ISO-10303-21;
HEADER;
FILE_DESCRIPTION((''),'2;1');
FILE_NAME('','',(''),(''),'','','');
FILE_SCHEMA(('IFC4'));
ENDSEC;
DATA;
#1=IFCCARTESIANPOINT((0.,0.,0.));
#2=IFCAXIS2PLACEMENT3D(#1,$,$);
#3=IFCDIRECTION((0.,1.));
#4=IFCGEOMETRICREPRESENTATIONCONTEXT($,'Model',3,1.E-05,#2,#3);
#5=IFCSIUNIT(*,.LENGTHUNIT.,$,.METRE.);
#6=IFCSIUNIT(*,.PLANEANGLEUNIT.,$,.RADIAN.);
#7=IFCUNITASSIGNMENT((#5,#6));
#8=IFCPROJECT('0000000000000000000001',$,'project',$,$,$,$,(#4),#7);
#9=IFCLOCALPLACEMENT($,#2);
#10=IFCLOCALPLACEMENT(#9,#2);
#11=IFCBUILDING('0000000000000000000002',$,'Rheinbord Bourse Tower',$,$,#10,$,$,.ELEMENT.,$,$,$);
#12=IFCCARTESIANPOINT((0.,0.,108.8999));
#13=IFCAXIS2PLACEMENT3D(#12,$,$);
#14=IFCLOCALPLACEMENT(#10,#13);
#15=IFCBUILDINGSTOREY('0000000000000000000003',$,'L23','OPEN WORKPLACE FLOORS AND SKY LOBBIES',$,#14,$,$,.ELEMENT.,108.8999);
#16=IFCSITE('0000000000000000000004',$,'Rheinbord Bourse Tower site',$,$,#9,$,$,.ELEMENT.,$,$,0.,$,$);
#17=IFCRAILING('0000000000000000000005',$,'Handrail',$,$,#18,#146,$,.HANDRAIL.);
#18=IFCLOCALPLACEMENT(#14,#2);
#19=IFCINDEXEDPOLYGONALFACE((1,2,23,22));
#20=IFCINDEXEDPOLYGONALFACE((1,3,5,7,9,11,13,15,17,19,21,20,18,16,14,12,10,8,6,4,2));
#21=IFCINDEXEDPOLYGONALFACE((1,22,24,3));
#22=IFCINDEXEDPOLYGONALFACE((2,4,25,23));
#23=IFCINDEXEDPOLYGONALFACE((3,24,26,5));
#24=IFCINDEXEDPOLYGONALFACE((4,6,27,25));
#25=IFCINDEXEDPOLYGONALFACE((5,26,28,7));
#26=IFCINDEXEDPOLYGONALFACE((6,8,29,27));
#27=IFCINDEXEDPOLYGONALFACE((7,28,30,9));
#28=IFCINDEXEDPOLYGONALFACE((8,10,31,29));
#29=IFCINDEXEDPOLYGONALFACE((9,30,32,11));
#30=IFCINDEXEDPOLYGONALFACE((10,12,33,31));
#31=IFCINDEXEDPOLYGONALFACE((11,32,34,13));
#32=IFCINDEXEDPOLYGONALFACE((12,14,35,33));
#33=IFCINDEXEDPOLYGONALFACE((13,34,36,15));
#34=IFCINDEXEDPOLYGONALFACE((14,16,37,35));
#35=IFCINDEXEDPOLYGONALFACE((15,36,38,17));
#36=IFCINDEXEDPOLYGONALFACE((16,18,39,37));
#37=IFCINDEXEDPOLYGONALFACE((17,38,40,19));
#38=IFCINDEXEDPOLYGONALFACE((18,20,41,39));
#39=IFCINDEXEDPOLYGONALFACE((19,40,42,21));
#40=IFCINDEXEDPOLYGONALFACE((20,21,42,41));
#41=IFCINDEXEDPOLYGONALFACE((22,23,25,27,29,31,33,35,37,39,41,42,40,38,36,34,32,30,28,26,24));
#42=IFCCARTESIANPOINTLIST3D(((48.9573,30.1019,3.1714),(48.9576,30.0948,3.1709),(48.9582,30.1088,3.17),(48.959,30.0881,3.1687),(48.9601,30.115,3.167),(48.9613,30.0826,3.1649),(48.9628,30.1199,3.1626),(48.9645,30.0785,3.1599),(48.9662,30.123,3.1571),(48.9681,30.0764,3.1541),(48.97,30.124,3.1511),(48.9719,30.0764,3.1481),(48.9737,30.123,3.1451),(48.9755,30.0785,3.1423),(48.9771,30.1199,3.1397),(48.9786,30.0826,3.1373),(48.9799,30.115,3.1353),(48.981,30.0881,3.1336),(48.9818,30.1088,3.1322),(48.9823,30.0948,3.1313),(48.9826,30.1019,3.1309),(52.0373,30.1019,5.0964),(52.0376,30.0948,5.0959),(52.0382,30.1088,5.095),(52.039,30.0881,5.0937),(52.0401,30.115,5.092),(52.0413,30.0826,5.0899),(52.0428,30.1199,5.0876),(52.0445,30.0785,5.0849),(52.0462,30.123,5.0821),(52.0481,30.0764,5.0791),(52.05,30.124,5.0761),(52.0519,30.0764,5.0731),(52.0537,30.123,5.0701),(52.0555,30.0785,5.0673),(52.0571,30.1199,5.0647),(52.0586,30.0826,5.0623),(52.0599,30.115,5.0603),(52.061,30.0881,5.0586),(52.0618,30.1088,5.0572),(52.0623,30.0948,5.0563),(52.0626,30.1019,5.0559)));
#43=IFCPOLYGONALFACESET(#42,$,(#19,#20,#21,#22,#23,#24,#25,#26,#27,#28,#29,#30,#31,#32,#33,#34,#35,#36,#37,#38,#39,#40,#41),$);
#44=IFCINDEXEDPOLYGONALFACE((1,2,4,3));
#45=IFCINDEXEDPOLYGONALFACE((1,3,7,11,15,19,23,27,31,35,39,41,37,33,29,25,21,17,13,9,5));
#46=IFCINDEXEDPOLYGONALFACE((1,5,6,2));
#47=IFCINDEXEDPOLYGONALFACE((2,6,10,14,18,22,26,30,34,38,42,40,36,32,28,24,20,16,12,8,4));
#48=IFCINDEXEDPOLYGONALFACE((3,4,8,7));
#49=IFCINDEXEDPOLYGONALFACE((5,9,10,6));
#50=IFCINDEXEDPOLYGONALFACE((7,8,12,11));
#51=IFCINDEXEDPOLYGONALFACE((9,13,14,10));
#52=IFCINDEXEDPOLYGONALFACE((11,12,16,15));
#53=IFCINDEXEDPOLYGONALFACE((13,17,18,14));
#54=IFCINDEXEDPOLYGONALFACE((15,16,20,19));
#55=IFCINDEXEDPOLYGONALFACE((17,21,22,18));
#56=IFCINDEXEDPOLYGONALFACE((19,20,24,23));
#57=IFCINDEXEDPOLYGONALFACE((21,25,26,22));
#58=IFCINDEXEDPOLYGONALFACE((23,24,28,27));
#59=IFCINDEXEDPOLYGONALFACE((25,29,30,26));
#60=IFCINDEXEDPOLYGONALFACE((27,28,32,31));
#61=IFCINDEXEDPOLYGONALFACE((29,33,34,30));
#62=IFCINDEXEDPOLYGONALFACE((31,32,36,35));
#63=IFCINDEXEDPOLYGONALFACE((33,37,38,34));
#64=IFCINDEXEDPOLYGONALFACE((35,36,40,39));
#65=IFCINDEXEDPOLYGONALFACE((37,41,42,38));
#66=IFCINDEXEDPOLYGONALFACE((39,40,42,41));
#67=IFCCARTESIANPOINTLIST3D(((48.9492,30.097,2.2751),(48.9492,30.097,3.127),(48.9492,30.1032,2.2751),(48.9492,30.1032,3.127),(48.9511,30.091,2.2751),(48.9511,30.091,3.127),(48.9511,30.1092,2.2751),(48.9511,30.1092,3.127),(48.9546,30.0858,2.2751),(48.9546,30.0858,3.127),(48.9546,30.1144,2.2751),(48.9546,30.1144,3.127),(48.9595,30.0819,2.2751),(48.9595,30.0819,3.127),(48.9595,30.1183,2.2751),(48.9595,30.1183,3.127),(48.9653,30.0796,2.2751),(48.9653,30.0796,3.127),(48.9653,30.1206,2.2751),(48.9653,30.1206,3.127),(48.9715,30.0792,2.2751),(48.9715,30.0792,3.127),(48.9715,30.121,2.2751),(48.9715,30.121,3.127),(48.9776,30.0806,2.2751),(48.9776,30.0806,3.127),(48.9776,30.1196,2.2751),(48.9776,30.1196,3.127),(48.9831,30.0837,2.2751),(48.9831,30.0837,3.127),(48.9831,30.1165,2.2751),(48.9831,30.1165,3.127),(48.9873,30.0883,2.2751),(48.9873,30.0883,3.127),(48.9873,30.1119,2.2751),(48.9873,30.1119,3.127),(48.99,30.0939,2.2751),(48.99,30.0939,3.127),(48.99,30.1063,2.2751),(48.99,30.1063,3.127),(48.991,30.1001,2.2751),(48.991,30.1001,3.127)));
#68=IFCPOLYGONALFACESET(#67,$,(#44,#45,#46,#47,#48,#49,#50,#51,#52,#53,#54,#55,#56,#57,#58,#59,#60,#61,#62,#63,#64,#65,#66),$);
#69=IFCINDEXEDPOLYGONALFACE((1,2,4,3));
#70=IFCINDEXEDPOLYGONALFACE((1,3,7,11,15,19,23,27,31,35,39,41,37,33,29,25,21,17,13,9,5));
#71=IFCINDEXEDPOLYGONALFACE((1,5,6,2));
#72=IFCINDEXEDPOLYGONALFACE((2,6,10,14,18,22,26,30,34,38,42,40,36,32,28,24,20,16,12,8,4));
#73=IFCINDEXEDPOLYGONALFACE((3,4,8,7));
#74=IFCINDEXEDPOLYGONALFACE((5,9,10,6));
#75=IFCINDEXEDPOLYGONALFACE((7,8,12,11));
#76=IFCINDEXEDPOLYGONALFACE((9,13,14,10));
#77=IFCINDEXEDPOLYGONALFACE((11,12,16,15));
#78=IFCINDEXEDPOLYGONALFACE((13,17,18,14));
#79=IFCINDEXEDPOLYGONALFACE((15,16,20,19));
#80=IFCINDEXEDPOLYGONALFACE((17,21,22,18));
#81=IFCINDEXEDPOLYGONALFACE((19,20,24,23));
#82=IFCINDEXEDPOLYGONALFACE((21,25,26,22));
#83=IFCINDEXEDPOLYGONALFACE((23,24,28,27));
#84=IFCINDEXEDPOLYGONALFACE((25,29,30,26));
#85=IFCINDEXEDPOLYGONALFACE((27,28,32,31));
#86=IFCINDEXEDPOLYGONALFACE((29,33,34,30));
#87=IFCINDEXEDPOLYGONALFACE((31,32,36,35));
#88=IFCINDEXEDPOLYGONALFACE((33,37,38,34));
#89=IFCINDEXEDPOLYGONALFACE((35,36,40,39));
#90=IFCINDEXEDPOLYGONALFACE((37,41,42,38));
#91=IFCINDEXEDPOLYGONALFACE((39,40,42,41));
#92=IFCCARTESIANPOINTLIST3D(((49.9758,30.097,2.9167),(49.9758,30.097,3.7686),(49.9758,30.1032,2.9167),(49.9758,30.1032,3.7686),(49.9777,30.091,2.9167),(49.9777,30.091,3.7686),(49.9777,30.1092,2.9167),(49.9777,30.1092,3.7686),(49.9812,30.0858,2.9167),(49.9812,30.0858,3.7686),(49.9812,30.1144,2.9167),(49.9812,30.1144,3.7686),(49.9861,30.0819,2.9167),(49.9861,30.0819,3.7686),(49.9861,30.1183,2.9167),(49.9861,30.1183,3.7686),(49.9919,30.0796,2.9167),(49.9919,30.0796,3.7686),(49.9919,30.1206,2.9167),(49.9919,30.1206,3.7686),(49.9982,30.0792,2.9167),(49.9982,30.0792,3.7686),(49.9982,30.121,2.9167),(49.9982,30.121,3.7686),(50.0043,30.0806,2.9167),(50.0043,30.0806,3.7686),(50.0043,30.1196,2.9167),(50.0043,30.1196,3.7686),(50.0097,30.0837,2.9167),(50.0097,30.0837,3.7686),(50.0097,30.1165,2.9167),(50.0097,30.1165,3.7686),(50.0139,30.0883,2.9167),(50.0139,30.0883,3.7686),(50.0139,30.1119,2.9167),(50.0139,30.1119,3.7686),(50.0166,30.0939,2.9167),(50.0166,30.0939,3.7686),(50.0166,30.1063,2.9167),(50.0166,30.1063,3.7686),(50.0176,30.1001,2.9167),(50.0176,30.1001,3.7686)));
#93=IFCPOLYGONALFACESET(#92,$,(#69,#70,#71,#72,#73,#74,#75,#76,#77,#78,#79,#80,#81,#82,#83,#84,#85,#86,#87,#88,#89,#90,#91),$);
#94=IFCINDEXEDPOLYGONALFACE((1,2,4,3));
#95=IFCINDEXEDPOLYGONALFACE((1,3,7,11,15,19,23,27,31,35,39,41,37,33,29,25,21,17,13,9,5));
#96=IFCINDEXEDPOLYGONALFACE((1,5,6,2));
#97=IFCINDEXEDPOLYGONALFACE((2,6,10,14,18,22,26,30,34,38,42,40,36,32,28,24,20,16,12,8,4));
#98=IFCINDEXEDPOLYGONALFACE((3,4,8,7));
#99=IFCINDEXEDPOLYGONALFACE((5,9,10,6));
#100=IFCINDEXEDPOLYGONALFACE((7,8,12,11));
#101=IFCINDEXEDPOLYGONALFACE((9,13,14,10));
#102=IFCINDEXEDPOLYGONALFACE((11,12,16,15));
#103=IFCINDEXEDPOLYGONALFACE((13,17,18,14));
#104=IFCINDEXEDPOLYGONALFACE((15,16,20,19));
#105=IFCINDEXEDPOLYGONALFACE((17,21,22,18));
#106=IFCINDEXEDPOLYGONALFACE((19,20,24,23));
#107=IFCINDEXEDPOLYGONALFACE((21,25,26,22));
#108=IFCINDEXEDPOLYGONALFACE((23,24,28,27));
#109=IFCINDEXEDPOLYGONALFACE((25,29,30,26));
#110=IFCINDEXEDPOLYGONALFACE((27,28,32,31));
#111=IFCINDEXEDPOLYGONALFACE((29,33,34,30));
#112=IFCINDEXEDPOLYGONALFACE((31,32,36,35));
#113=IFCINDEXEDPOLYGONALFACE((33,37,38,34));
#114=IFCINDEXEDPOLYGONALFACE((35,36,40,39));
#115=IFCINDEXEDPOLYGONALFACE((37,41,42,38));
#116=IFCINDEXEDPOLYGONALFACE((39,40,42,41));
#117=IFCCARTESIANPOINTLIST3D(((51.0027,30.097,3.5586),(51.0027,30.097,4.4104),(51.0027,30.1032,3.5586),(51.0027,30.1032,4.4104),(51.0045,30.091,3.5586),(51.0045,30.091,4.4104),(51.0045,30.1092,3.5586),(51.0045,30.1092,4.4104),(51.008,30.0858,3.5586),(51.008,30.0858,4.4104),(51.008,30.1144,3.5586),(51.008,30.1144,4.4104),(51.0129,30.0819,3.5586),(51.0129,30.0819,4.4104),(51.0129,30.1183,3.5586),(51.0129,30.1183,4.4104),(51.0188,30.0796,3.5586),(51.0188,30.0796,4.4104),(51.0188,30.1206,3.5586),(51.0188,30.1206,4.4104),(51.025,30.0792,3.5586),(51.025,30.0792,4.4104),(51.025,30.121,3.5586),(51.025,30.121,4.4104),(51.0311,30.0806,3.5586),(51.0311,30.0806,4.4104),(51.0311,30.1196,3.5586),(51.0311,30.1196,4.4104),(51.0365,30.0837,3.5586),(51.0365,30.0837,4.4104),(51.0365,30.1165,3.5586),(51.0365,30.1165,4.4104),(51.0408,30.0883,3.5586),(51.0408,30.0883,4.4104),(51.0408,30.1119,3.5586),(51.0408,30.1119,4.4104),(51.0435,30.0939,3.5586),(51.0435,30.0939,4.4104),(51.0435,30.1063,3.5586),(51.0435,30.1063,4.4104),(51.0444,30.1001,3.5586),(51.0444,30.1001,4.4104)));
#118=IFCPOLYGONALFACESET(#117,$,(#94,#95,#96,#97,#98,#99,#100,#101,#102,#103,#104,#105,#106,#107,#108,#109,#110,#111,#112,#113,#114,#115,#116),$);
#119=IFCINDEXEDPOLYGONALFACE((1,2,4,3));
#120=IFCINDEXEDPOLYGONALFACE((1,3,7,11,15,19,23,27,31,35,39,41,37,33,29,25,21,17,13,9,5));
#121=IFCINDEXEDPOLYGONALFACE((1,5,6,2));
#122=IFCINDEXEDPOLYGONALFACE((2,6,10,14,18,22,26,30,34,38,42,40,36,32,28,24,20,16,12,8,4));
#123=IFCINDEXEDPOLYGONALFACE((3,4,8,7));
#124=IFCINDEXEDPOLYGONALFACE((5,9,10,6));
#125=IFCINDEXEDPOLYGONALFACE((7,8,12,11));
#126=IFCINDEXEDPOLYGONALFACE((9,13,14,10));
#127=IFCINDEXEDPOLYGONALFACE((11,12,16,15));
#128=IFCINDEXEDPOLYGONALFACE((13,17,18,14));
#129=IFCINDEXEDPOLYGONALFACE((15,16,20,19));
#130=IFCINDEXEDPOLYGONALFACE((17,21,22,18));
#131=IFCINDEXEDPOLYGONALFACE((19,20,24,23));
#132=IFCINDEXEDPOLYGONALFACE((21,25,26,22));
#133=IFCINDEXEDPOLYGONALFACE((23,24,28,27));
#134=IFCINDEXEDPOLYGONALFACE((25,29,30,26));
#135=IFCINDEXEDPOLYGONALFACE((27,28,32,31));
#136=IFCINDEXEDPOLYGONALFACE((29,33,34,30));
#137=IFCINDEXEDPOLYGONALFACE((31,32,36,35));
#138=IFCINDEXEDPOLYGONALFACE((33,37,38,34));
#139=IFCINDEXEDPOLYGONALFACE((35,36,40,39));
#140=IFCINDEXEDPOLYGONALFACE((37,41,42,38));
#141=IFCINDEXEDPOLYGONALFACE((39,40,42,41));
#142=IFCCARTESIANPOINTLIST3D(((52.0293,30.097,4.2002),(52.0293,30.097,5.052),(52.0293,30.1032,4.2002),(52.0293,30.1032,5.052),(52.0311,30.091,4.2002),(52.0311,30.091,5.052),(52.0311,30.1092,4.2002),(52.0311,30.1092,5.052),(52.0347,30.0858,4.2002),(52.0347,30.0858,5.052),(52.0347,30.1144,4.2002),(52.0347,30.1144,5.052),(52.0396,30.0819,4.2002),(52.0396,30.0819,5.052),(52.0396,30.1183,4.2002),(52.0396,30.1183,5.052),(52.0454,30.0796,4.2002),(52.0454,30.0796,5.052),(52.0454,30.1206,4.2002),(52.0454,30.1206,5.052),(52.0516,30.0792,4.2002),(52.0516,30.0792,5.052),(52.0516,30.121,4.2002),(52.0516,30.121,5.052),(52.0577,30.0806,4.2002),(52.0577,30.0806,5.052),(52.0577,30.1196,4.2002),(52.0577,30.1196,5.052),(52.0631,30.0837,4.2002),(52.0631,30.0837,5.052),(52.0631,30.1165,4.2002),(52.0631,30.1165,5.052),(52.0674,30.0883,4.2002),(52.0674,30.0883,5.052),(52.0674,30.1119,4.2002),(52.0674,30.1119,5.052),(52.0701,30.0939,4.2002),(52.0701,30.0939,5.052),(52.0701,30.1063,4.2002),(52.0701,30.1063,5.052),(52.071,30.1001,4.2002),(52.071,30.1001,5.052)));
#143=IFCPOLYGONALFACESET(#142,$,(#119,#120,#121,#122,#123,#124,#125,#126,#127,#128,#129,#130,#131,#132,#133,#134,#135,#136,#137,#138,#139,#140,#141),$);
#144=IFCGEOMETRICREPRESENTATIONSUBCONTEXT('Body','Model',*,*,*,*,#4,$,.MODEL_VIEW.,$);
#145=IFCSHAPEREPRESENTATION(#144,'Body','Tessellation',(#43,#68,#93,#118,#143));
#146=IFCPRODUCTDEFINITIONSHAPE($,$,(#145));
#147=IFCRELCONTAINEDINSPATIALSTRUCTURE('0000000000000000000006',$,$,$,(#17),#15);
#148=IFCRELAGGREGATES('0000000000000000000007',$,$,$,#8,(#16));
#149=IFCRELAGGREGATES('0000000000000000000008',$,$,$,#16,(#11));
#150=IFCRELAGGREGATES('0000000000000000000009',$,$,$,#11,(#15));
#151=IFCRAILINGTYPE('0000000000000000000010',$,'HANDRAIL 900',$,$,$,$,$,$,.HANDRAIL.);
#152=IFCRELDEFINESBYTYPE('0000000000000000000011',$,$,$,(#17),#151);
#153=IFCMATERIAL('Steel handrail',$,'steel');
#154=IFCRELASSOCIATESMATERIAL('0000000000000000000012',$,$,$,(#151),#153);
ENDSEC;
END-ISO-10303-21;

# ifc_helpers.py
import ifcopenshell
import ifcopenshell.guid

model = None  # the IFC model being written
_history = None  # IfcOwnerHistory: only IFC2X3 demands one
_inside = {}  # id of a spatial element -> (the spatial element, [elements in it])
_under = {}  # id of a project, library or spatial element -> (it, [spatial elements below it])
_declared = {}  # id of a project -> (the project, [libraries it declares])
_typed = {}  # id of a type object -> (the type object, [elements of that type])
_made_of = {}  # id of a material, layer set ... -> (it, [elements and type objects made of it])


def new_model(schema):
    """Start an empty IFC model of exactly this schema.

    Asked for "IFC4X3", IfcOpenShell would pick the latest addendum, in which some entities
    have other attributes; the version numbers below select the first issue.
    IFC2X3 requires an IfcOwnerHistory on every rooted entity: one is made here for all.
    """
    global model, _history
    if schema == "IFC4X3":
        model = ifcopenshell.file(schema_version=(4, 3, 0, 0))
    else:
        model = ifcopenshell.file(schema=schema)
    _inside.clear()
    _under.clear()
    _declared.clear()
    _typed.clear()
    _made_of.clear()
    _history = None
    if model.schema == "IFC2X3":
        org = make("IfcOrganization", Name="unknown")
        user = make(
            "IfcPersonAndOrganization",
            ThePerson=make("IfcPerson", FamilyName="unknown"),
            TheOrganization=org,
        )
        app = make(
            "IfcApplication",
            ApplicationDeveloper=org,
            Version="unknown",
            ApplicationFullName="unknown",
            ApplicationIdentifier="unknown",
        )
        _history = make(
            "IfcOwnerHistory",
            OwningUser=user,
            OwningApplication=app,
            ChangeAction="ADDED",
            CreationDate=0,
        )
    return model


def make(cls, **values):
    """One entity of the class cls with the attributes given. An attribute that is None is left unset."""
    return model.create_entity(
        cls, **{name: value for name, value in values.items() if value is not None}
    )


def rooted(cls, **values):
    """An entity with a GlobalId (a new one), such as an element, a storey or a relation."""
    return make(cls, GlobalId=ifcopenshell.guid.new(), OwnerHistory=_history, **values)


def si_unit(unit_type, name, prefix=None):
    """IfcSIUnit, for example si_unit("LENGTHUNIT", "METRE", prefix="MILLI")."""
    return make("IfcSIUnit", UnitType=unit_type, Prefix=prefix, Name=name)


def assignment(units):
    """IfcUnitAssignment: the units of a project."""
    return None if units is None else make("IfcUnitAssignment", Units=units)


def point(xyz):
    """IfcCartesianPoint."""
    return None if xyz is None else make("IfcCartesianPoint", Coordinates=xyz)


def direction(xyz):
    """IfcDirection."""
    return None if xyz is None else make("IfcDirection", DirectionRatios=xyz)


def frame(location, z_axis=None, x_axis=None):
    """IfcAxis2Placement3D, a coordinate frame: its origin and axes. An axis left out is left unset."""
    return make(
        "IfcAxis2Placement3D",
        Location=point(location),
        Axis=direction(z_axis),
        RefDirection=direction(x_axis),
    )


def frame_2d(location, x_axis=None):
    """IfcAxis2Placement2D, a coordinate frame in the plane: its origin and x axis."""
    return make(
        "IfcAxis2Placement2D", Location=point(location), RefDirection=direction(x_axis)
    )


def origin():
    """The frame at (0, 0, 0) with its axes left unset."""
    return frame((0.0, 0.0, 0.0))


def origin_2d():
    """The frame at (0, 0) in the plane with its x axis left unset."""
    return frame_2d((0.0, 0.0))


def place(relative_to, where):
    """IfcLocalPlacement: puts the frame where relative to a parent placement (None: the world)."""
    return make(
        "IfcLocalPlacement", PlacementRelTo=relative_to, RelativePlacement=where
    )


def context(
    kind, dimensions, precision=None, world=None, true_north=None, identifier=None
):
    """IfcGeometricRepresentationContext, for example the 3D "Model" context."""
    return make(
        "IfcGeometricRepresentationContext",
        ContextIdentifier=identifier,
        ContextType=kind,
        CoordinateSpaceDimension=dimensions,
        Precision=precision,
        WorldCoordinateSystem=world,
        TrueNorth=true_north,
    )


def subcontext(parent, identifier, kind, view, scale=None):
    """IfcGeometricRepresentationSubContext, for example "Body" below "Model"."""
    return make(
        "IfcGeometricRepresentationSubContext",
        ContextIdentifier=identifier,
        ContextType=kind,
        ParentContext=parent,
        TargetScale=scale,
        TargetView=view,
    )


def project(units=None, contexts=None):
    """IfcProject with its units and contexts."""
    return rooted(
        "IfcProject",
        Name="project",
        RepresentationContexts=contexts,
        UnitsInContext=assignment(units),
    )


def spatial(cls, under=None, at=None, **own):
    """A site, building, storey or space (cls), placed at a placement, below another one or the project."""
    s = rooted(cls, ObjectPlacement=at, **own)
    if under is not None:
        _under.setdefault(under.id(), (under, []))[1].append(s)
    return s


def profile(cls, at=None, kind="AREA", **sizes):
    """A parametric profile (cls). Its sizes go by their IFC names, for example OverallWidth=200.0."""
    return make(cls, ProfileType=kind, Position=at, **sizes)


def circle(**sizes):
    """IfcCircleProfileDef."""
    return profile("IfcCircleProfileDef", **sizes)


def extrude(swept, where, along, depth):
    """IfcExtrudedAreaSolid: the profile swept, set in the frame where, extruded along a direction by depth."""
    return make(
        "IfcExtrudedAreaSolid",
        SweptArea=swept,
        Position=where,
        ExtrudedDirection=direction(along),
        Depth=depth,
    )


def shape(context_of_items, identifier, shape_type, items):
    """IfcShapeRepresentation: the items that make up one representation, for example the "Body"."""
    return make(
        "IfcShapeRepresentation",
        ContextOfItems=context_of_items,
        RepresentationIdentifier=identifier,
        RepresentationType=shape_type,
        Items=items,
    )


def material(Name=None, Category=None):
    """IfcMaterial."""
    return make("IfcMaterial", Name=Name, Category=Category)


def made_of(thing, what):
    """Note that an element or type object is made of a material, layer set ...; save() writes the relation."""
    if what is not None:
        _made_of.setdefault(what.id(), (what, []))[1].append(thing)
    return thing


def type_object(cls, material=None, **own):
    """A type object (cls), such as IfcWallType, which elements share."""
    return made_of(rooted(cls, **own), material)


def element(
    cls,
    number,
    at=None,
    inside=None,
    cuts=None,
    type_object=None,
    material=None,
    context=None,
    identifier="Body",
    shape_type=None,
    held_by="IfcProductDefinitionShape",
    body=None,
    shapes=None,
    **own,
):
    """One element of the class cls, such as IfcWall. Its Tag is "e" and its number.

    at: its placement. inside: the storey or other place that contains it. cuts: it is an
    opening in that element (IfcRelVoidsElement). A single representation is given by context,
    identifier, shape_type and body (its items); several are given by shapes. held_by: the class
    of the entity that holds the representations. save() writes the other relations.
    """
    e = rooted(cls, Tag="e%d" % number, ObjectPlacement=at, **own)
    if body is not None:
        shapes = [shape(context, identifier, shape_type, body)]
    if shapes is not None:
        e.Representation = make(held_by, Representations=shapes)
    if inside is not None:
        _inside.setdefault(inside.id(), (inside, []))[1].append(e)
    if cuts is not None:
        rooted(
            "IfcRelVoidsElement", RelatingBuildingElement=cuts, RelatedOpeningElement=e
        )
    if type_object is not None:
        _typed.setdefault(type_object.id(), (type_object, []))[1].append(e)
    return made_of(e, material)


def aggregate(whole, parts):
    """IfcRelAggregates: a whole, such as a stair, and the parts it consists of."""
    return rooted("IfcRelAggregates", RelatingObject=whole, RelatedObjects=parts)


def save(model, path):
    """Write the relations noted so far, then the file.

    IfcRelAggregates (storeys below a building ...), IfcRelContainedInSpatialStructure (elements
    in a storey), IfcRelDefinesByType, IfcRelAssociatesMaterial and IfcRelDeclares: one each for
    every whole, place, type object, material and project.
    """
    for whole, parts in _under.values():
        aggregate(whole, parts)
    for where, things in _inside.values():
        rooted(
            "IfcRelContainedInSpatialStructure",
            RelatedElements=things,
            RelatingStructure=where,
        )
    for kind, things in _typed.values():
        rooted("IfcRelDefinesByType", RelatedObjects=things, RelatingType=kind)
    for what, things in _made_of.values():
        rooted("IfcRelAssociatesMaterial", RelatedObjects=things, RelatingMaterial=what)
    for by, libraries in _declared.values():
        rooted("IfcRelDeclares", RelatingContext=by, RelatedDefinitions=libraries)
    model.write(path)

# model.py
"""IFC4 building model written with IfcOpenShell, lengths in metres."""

from ifc_helpers import new_model, si_unit, direction, frame, origin, origin_2d, place, context, subcontext, project, spatial, circle, extrude, material, type_object, element, save


model = new_model("IFC4")

# Units and contexts
model_context = context("Model", 3, precision=1e-05, world=origin(), true_north=direction((0.0, 1.0)))
body_context = subcontext(model_context, "Body", "Model", "MODEL_VIEW")
ifc_project = project(units=[si_unit("LENGTHUNIT", "METRE"), si_unit("PLANEANGLEUNIT", "RADIAN")], contexts=[model_context])

# Site, building, storey
site_placement = place(None, origin())
site = spatial("IfcSite", under=ifc_project, at=site_placement, Name="Rheinbord Bourse Tower site", CompositionType="ELEMENT", RefElevation=0.0)
building_placement = place(site_placement, origin())
building = spatial("IfcBuilding", under=site, at=building_placement, Name="Rheinbord Bourse Tower", CompositionType="ELEMENT")
storey_placement = place(building_placement, frame((0.0, 0.0, 108.8999)))
storey = spatial("IfcBuildingStorey", under=building, at=storey_placement, Name="L23", Description="OPEN WORKPLACE FLOORS AND SKY LOBBIES", CompositionType="ELEMENT", Elevation=108.8999)

# Railing
ifc_material_1 = material(Name="Steel handrail", Category="steel")
railing_type = type_object("IfcRailingType", Name="HANDRAIL 900", PredefinedType="HANDRAIL", material=ifc_material_1)
railing_1_placement = place(storey_placement, frame((48.97, 30.1001, 2.2751)))
element("IfcRailing", 1, at=railing_1_placement, inside=storey, type_object=railing_type, Name="Handrail", PredefinedType="HANDRAIL", context=body_context, shape_type="SweptSolid", body=[
    extrude(circle(Radius=0.0239, at=origin_2d()), frame((0.0, 0.0, 0.876), z_axis=(0.847998, 0.0, 0.529999), x_axis=(0.0, 1.0, 0.0)), (0.0, 0.0, 1.0), 3.6321),
    extrude(circle(Radius=0.021, at=origin_2d()), origin(), (0.0, 0.0, 1.0), 0.8518),
    extrude(circle(Radius=0.021, at=origin_2d()), frame((1.0266, 0.0, 0.6416)), (0.0, 0.0, 1.0), 0.8518),
    extrude(circle(Radius=0.021, at=origin_2d()), frame((2.0535, 0.0, 1.2834)), (0.0, 0.0, 1.0), 0.8518),
    extrude(circle(Radius=0.021, at=origin_2d()), frame((3.0801, 0.0, 1.925)), (0.0, 0.0, 1.0), 0.8518),
])

save(model, "model.ifc")
